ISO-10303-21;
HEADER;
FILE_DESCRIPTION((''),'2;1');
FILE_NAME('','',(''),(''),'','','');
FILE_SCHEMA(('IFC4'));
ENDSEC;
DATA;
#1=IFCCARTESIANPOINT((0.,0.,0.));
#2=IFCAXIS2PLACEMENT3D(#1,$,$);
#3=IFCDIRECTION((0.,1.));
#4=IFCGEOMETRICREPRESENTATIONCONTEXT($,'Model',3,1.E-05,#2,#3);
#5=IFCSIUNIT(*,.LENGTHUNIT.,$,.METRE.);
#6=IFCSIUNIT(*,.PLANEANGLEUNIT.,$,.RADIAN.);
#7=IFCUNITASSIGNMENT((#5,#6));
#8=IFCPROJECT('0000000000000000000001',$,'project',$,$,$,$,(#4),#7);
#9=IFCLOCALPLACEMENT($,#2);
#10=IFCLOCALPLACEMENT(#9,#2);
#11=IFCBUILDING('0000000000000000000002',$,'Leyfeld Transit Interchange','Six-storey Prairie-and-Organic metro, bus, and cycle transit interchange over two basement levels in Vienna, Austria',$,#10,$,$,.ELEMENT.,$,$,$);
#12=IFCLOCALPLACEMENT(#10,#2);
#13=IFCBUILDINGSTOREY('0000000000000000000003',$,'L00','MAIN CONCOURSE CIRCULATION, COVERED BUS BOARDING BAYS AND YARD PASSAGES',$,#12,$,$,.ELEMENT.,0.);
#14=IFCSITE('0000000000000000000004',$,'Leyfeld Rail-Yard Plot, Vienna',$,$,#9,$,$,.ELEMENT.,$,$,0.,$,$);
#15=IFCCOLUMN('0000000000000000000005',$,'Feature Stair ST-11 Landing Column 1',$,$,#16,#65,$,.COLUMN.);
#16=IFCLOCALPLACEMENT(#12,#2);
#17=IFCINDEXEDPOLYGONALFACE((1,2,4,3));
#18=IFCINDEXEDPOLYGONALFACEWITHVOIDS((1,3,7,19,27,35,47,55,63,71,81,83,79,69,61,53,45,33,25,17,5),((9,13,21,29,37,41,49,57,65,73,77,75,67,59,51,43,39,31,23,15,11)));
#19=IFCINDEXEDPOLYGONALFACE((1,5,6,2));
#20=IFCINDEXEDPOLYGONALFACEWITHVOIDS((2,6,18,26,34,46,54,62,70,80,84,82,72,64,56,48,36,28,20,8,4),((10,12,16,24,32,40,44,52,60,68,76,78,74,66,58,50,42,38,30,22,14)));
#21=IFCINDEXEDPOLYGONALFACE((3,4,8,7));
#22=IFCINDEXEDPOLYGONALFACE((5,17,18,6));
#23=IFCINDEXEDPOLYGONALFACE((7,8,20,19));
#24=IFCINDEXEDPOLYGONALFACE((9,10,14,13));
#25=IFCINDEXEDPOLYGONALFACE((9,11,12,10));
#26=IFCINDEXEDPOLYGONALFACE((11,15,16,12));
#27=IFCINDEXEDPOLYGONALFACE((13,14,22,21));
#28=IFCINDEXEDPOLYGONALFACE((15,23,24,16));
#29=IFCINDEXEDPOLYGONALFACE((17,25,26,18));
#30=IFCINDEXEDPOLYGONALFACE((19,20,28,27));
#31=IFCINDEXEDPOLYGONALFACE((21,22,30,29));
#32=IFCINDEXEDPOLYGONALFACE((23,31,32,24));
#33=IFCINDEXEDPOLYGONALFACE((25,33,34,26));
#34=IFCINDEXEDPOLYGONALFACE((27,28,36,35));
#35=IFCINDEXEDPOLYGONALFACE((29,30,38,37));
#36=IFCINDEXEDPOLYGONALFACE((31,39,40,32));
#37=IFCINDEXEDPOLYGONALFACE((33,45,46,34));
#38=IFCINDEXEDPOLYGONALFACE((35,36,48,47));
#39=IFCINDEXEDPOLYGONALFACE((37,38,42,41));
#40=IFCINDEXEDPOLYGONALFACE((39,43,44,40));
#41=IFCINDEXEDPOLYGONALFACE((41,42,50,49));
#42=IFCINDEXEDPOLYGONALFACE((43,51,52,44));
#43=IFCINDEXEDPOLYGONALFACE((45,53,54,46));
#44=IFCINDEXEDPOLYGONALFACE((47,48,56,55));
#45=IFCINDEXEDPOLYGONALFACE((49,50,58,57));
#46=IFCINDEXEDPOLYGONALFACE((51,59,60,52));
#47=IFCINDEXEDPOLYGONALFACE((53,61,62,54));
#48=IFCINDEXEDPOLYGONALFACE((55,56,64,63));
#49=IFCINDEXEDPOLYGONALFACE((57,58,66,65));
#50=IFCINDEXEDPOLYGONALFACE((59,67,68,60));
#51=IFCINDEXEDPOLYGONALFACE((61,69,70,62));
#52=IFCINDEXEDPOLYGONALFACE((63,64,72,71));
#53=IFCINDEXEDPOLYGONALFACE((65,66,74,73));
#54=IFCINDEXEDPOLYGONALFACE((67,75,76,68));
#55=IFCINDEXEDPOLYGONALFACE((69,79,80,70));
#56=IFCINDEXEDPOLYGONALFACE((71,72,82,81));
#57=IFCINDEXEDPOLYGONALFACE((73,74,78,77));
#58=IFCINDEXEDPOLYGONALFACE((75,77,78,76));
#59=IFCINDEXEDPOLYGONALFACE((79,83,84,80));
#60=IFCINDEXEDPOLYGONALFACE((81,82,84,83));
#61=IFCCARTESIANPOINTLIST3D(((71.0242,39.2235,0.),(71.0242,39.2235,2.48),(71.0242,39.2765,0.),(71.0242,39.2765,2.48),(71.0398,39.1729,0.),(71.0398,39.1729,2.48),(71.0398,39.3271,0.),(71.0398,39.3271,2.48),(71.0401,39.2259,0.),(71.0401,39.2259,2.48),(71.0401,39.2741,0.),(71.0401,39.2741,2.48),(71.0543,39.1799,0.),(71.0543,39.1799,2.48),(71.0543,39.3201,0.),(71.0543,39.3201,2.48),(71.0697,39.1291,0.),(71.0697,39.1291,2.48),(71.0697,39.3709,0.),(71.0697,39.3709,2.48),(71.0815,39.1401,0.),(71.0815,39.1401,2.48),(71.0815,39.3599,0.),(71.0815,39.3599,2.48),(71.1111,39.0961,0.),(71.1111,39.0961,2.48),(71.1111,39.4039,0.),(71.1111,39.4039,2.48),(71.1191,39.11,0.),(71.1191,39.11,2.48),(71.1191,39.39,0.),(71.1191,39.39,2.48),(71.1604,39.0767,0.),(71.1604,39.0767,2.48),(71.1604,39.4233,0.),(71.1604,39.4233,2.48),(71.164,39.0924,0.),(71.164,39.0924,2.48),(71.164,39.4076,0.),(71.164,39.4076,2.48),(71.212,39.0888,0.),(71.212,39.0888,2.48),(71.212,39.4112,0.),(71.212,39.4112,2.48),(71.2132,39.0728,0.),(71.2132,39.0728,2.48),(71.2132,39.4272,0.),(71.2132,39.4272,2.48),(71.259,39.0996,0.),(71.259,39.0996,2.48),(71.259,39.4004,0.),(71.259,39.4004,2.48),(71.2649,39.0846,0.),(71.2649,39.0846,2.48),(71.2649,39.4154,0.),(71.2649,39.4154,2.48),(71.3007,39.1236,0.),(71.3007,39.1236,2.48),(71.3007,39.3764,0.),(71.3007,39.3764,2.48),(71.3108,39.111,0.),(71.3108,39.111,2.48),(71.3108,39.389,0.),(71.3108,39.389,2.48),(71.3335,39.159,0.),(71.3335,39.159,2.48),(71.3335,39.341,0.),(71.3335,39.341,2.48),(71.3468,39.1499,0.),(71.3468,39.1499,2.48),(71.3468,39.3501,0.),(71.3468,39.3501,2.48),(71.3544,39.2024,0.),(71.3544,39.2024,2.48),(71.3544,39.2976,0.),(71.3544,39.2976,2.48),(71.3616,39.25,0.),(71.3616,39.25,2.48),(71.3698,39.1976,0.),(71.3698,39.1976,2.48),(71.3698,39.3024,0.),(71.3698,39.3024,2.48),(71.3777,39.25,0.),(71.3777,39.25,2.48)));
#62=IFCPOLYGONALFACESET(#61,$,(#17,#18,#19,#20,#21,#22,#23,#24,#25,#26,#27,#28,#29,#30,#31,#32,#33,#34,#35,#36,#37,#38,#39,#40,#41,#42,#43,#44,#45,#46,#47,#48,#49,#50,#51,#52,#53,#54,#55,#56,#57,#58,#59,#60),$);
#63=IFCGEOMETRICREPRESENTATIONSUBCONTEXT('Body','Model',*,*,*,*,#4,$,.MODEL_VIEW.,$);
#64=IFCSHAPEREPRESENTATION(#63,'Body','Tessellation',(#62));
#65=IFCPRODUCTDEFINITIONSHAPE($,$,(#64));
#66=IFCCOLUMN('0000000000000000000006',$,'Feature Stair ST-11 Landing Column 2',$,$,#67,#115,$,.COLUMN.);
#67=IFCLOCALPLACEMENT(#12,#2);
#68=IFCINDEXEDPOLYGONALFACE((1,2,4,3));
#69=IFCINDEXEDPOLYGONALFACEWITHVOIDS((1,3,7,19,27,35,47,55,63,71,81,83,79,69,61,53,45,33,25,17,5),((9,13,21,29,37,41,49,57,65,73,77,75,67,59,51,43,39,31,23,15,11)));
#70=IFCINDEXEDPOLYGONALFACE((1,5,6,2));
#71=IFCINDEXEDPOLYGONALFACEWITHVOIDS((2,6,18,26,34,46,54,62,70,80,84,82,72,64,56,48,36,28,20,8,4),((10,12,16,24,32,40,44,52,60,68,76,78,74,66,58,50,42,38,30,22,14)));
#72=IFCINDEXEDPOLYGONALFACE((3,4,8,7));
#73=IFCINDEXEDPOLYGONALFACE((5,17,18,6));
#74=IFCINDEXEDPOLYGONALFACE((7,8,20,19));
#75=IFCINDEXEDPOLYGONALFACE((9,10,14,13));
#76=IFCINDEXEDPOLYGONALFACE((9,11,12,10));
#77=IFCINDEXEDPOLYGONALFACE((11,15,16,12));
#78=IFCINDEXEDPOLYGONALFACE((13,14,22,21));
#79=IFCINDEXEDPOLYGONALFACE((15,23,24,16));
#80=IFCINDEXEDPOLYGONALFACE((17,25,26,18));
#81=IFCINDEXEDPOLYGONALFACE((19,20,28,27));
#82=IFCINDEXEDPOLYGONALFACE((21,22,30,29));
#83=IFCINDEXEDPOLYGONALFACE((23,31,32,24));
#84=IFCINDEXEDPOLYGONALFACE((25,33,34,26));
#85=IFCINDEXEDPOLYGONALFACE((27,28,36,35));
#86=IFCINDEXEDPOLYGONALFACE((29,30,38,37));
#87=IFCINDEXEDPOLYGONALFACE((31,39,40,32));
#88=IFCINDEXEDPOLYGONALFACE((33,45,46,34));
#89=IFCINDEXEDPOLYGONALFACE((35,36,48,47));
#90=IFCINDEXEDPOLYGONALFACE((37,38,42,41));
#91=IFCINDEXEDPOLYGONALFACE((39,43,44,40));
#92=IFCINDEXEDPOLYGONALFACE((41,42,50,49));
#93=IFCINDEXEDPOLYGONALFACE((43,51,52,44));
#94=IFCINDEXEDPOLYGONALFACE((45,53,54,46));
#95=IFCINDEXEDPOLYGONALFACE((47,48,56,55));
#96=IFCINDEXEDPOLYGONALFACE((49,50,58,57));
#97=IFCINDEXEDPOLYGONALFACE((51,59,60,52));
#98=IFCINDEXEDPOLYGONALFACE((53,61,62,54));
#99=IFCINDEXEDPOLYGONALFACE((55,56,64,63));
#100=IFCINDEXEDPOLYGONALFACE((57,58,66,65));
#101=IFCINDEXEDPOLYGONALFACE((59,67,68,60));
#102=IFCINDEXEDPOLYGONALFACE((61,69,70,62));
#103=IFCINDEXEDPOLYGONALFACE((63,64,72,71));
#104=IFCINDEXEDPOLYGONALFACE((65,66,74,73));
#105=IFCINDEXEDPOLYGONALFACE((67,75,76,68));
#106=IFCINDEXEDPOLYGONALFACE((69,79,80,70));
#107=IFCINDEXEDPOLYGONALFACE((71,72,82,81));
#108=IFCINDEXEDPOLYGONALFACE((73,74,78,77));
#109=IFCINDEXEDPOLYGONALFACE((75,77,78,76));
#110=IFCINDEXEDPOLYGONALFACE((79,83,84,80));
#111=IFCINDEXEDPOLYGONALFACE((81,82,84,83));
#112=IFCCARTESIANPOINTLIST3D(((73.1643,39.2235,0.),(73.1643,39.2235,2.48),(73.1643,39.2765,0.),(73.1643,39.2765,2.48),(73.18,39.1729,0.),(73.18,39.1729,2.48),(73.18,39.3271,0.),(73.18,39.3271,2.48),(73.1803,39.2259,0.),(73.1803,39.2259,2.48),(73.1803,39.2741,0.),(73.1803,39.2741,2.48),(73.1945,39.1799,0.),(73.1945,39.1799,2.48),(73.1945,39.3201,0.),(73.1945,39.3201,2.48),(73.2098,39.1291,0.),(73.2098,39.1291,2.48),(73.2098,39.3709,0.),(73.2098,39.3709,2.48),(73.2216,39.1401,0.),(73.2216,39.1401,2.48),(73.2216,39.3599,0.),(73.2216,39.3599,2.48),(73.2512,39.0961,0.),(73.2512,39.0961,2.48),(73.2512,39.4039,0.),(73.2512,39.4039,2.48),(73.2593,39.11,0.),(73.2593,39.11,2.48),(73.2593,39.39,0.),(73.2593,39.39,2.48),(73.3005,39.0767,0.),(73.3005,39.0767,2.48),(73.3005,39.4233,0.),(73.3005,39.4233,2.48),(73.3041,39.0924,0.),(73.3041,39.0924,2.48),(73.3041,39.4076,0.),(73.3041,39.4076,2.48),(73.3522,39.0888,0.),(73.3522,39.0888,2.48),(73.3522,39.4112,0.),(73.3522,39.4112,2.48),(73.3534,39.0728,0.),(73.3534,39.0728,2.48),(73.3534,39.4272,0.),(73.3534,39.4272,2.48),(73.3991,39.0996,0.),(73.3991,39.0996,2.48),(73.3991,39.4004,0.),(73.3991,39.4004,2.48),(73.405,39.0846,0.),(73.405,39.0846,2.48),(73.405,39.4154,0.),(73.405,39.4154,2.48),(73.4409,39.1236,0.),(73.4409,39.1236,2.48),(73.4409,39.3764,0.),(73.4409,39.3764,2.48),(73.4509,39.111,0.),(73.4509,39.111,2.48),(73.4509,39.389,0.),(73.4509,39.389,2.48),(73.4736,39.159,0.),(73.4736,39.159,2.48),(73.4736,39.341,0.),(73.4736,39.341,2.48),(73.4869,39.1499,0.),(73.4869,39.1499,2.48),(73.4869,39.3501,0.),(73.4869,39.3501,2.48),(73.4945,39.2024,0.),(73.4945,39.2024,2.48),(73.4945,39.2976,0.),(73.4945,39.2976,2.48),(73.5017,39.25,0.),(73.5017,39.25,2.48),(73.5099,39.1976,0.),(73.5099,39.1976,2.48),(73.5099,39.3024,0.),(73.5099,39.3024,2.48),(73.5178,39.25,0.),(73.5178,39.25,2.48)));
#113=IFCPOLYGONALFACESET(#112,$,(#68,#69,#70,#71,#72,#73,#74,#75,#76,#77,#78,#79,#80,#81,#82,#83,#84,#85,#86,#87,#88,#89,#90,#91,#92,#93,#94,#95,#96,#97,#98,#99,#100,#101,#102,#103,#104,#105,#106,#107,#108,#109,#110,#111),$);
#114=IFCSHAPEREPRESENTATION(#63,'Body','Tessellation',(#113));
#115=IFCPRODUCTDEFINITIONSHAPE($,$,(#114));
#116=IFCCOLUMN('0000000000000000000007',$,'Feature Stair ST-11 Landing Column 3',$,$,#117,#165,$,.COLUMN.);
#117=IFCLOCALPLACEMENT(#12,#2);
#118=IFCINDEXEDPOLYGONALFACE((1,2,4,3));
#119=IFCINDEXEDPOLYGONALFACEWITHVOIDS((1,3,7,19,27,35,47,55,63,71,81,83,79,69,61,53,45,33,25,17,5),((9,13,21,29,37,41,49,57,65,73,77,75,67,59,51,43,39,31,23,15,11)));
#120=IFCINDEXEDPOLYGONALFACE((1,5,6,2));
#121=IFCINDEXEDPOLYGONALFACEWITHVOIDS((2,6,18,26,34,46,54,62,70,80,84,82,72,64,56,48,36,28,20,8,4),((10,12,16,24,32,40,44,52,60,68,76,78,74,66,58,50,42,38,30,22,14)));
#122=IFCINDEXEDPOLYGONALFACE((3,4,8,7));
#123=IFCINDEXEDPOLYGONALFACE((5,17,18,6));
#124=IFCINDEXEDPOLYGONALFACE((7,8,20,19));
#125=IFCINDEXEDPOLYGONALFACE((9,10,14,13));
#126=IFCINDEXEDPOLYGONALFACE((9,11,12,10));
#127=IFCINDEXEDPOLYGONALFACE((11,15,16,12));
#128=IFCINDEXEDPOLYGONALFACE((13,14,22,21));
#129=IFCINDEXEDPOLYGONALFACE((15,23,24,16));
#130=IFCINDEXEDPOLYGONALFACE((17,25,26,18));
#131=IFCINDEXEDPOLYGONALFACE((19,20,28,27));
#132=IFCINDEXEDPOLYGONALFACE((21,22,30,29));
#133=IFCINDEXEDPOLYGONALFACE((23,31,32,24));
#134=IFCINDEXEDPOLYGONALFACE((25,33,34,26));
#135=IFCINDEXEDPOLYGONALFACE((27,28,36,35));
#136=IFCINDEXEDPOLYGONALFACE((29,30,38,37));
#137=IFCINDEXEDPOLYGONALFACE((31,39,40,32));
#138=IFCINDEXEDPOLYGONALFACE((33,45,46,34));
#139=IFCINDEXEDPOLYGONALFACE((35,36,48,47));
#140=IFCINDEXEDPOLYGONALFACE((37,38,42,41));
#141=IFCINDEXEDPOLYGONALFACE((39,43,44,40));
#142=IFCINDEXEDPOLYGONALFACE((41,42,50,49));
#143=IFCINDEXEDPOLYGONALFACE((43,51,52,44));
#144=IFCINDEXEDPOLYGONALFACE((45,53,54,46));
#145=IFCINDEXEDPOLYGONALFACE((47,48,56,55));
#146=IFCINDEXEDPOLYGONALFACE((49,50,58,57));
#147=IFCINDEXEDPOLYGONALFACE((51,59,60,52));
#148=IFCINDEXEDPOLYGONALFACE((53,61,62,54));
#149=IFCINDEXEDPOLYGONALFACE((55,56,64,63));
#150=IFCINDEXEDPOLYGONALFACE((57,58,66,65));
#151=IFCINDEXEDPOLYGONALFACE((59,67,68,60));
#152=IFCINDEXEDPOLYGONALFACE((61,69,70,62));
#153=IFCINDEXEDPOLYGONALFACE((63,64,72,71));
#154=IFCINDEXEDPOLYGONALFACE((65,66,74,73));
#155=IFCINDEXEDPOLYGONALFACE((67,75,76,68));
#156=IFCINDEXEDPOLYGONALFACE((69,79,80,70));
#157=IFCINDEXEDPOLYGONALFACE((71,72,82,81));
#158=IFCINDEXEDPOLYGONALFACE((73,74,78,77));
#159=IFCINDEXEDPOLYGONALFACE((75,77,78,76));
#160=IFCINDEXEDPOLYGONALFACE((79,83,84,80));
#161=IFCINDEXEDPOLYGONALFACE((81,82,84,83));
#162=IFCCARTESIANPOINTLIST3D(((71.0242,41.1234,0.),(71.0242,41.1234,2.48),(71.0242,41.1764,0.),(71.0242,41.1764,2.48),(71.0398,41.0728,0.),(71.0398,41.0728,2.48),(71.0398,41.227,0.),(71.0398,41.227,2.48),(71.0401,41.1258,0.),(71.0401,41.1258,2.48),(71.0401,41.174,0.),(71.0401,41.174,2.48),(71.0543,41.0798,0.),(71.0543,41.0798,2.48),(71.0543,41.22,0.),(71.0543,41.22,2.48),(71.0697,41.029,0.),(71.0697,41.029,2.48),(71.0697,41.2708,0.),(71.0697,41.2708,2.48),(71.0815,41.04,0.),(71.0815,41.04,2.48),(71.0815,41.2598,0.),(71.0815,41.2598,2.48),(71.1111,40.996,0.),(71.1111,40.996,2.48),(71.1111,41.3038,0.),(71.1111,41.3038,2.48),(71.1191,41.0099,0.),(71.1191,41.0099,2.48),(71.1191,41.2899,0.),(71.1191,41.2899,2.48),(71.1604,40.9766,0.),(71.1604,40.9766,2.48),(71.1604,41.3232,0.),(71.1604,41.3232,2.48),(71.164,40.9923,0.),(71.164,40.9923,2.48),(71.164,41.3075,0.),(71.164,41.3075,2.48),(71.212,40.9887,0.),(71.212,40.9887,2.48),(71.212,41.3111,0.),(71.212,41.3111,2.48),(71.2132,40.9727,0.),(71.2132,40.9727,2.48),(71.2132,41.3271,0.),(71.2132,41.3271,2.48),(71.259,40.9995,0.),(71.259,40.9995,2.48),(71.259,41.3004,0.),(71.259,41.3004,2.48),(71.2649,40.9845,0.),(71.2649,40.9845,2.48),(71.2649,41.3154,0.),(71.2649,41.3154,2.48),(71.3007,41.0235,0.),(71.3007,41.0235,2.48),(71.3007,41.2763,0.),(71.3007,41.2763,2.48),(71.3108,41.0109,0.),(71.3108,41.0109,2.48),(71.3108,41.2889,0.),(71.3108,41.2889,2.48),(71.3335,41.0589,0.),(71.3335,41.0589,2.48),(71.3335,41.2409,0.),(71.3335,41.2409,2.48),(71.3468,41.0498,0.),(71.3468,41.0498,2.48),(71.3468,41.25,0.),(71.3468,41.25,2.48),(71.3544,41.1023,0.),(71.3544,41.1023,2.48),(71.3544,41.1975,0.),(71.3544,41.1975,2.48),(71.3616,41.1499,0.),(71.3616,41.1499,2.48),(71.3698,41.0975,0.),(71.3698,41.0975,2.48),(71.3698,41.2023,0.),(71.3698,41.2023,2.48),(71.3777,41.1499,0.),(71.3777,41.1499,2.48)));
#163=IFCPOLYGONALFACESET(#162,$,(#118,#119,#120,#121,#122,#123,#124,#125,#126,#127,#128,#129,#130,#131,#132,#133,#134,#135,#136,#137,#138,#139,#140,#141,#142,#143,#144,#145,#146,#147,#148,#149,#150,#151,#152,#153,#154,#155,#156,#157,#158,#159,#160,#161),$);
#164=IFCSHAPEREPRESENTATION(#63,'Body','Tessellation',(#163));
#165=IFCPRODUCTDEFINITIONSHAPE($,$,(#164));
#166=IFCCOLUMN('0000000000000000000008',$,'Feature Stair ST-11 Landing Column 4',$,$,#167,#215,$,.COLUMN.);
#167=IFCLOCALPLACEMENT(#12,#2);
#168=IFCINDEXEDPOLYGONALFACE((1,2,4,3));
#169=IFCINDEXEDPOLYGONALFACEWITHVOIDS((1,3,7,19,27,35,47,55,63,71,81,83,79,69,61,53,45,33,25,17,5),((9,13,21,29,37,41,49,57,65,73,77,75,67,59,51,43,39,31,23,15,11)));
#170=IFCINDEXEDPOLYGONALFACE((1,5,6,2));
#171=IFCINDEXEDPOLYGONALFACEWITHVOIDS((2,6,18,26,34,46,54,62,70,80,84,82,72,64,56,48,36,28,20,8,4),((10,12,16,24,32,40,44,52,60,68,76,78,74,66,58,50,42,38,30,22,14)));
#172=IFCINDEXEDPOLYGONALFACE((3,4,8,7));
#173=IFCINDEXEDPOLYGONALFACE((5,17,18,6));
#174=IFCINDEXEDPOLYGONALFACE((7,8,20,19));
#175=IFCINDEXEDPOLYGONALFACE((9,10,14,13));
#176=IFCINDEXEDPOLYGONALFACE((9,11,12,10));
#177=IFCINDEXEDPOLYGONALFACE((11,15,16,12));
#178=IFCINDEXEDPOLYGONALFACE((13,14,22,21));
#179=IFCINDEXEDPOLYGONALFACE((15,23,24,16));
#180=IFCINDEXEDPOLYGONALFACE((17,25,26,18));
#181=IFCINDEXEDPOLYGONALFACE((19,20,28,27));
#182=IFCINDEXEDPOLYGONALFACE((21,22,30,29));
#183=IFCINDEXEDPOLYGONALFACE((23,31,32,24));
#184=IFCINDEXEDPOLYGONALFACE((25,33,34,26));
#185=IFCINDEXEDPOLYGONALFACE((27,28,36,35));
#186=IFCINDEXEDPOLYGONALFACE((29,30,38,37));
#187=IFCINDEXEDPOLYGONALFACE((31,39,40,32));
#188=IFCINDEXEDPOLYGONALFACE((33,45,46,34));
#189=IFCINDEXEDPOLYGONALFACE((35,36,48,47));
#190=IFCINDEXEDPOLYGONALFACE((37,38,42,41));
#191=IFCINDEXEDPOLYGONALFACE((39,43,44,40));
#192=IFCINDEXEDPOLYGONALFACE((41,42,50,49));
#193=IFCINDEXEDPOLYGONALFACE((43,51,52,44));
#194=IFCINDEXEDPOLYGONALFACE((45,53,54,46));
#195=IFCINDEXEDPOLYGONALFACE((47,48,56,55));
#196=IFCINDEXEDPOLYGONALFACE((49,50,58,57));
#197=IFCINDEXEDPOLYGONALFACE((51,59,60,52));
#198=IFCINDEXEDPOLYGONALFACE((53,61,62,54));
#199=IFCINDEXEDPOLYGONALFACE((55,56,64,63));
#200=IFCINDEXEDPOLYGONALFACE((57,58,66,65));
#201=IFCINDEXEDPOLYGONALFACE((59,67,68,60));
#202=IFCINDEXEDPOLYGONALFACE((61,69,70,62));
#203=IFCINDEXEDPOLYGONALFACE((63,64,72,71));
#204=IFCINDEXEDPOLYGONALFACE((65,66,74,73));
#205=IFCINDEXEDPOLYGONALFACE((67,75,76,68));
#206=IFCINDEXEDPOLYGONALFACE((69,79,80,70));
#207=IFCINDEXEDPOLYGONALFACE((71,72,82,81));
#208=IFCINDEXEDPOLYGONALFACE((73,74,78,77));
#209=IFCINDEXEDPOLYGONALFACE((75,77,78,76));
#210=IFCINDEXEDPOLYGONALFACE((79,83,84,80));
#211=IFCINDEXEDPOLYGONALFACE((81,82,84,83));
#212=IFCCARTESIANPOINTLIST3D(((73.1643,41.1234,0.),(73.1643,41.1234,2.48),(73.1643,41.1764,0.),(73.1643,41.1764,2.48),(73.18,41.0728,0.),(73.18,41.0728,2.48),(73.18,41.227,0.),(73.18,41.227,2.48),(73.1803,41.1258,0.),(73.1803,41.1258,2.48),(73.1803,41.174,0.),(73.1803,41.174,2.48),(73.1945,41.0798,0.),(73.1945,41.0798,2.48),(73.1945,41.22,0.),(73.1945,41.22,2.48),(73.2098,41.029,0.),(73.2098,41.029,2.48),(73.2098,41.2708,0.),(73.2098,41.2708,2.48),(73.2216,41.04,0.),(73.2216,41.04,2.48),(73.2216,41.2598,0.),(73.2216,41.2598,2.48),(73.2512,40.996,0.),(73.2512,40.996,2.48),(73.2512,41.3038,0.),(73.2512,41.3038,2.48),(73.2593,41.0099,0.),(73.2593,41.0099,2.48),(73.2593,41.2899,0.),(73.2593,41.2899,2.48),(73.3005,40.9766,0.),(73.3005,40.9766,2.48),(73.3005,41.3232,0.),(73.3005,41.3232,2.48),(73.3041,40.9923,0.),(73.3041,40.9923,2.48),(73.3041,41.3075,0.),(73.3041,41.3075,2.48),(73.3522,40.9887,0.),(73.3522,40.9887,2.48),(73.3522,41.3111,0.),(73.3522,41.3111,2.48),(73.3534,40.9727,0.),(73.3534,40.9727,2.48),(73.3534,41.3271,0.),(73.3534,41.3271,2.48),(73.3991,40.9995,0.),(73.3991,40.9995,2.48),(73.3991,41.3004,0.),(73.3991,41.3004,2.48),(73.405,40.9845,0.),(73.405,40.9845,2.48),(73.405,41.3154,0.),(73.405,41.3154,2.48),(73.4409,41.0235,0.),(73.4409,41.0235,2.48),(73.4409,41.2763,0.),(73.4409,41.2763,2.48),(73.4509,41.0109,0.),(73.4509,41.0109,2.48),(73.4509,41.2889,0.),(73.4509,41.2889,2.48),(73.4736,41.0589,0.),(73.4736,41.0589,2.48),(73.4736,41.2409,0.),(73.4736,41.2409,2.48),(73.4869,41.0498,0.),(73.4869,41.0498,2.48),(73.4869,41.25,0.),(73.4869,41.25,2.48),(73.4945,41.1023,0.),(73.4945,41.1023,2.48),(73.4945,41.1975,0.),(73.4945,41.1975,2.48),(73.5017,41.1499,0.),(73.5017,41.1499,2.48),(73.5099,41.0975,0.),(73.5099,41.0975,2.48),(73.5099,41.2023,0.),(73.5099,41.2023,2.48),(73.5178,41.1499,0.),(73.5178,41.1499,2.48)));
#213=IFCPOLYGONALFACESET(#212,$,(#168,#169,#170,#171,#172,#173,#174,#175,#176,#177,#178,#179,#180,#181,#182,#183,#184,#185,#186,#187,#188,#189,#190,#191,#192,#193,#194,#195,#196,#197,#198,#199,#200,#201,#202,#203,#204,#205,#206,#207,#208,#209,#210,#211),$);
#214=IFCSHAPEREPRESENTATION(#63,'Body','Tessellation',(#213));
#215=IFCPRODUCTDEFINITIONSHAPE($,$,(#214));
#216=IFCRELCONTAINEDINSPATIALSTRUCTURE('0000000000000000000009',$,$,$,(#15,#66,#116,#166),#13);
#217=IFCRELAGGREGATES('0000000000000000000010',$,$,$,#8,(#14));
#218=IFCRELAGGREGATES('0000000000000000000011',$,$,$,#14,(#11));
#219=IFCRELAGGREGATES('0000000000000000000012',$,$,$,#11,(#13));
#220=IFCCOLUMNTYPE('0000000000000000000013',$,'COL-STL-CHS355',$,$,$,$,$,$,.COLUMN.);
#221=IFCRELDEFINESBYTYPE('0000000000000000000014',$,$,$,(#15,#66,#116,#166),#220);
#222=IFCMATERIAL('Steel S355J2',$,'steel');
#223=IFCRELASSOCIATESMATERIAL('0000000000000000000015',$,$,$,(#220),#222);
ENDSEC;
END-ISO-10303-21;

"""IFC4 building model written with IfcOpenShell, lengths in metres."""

from ifc_helpers import new_model, si_unit, direction, frame, origin, origin_2d, place, context, subcontext, project, spatial, hollow_circle, extrude, material, material_profile, profile_set, type_object, element, save


model = new_model("IFC4")

# Units and contexts
model_context = context("Model", 3, precision=1e-05, world=origin(), true_north=direction((0.0, 1.0)))
body_context = subcontext(model_context, "Body", "Model", "MODEL_VIEW")
ifc_project = project(units=[si_unit("LENGTHUNIT", "METRE"), si_unit("PLANEANGLEUNIT", "RADIAN")], contexts=[model_context])

# Site, building, storey
site_placement = place(None, origin())
site = spatial("IfcSite", under=ifc_project, at=site_placement, Name="Leyfeld Rail-Yard Plot, Vienna", CompositionType="ELEMENT", RefElevation=0.0)
building_placement = place(site_placement, origin())
building = spatial("IfcBuilding", under=site, at=building_placement, Name="Leyfeld Transit Interchange", Description="Six-storey Prairie-and-Organic metro, bus, and cycle transit interchange over two basement levels in Vienna, Austria", CompositionType="ELEMENT")
storey_placement = place(building_placement, origin())
storey = spatial("IfcBuildingStorey", under=building, at=storey_placement, Name="L00", Description="MAIN CONCOURSE CIRCULATION, COVERED BUS BOARDING BAYS AND YARD PASSAGES", CompositionType="ELEMENT", Elevation=0.0)

# Columns
ifc_material_1 = material(Name="Steel S355J2", Category="steel")
ifc_material_profile_1 = material_profile(ifc_material_1, hollow_circle(Radius=0.1777, WallThickness=0.0161, at=origin_2d()), Name="CHS 355.6x16")
ifc_profile_set_1 = profile_set([ifc_material_profile_1], Name="Steel S355J2")
column_type = type_object("IfcColumnType", Name="COL-STL-CHS355", PredefinedType="COLUMN", material=ifc_profile_set_1)
for number, where, z_axis, x_axis, name in (
    (1, (71.2, 39.25, 0.0), (0.0, 0.0, 1.0), (1.0, 0.0, 0.0), "Feature Stair ST-11 Landing Column 1"),
    (2, (73.3401, 39.25, 0.0), (0.0, 0.0, 1.0), (1.0, 0.0, 0.0), "Feature Stair ST-11 Landing Column 2"),
    (3, (71.2, 41.1499, 0.0), (0.0, 0.0, 1.0), (1.0, 0.0, 0.0), "Feature Stair ST-11 Landing Column 3"),
    (4, (73.3401, 41.1499, 0.0), (0.0, 0.0, 1.0), (1.0, 0.0, 0.0), "Feature Stair ST-11 Landing Column 4"),
):
    element("IfcColumn", number, at=place(storey_placement, frame(where, z_axis=z_axis, x_axis=x_axis)), inside=storey, type_object=column_type, Name=name, PredefinedType="COLUMN", context=body_context, shape_type="SweptSolid", body=[
        extrude(hollow_circle(Radius=0.1777, WallThickness=0.0161, at=origin_2d()), origin(), (0.0, 0.0, 1.0), 2.48),
    ])

save(model, "model.ifc")
